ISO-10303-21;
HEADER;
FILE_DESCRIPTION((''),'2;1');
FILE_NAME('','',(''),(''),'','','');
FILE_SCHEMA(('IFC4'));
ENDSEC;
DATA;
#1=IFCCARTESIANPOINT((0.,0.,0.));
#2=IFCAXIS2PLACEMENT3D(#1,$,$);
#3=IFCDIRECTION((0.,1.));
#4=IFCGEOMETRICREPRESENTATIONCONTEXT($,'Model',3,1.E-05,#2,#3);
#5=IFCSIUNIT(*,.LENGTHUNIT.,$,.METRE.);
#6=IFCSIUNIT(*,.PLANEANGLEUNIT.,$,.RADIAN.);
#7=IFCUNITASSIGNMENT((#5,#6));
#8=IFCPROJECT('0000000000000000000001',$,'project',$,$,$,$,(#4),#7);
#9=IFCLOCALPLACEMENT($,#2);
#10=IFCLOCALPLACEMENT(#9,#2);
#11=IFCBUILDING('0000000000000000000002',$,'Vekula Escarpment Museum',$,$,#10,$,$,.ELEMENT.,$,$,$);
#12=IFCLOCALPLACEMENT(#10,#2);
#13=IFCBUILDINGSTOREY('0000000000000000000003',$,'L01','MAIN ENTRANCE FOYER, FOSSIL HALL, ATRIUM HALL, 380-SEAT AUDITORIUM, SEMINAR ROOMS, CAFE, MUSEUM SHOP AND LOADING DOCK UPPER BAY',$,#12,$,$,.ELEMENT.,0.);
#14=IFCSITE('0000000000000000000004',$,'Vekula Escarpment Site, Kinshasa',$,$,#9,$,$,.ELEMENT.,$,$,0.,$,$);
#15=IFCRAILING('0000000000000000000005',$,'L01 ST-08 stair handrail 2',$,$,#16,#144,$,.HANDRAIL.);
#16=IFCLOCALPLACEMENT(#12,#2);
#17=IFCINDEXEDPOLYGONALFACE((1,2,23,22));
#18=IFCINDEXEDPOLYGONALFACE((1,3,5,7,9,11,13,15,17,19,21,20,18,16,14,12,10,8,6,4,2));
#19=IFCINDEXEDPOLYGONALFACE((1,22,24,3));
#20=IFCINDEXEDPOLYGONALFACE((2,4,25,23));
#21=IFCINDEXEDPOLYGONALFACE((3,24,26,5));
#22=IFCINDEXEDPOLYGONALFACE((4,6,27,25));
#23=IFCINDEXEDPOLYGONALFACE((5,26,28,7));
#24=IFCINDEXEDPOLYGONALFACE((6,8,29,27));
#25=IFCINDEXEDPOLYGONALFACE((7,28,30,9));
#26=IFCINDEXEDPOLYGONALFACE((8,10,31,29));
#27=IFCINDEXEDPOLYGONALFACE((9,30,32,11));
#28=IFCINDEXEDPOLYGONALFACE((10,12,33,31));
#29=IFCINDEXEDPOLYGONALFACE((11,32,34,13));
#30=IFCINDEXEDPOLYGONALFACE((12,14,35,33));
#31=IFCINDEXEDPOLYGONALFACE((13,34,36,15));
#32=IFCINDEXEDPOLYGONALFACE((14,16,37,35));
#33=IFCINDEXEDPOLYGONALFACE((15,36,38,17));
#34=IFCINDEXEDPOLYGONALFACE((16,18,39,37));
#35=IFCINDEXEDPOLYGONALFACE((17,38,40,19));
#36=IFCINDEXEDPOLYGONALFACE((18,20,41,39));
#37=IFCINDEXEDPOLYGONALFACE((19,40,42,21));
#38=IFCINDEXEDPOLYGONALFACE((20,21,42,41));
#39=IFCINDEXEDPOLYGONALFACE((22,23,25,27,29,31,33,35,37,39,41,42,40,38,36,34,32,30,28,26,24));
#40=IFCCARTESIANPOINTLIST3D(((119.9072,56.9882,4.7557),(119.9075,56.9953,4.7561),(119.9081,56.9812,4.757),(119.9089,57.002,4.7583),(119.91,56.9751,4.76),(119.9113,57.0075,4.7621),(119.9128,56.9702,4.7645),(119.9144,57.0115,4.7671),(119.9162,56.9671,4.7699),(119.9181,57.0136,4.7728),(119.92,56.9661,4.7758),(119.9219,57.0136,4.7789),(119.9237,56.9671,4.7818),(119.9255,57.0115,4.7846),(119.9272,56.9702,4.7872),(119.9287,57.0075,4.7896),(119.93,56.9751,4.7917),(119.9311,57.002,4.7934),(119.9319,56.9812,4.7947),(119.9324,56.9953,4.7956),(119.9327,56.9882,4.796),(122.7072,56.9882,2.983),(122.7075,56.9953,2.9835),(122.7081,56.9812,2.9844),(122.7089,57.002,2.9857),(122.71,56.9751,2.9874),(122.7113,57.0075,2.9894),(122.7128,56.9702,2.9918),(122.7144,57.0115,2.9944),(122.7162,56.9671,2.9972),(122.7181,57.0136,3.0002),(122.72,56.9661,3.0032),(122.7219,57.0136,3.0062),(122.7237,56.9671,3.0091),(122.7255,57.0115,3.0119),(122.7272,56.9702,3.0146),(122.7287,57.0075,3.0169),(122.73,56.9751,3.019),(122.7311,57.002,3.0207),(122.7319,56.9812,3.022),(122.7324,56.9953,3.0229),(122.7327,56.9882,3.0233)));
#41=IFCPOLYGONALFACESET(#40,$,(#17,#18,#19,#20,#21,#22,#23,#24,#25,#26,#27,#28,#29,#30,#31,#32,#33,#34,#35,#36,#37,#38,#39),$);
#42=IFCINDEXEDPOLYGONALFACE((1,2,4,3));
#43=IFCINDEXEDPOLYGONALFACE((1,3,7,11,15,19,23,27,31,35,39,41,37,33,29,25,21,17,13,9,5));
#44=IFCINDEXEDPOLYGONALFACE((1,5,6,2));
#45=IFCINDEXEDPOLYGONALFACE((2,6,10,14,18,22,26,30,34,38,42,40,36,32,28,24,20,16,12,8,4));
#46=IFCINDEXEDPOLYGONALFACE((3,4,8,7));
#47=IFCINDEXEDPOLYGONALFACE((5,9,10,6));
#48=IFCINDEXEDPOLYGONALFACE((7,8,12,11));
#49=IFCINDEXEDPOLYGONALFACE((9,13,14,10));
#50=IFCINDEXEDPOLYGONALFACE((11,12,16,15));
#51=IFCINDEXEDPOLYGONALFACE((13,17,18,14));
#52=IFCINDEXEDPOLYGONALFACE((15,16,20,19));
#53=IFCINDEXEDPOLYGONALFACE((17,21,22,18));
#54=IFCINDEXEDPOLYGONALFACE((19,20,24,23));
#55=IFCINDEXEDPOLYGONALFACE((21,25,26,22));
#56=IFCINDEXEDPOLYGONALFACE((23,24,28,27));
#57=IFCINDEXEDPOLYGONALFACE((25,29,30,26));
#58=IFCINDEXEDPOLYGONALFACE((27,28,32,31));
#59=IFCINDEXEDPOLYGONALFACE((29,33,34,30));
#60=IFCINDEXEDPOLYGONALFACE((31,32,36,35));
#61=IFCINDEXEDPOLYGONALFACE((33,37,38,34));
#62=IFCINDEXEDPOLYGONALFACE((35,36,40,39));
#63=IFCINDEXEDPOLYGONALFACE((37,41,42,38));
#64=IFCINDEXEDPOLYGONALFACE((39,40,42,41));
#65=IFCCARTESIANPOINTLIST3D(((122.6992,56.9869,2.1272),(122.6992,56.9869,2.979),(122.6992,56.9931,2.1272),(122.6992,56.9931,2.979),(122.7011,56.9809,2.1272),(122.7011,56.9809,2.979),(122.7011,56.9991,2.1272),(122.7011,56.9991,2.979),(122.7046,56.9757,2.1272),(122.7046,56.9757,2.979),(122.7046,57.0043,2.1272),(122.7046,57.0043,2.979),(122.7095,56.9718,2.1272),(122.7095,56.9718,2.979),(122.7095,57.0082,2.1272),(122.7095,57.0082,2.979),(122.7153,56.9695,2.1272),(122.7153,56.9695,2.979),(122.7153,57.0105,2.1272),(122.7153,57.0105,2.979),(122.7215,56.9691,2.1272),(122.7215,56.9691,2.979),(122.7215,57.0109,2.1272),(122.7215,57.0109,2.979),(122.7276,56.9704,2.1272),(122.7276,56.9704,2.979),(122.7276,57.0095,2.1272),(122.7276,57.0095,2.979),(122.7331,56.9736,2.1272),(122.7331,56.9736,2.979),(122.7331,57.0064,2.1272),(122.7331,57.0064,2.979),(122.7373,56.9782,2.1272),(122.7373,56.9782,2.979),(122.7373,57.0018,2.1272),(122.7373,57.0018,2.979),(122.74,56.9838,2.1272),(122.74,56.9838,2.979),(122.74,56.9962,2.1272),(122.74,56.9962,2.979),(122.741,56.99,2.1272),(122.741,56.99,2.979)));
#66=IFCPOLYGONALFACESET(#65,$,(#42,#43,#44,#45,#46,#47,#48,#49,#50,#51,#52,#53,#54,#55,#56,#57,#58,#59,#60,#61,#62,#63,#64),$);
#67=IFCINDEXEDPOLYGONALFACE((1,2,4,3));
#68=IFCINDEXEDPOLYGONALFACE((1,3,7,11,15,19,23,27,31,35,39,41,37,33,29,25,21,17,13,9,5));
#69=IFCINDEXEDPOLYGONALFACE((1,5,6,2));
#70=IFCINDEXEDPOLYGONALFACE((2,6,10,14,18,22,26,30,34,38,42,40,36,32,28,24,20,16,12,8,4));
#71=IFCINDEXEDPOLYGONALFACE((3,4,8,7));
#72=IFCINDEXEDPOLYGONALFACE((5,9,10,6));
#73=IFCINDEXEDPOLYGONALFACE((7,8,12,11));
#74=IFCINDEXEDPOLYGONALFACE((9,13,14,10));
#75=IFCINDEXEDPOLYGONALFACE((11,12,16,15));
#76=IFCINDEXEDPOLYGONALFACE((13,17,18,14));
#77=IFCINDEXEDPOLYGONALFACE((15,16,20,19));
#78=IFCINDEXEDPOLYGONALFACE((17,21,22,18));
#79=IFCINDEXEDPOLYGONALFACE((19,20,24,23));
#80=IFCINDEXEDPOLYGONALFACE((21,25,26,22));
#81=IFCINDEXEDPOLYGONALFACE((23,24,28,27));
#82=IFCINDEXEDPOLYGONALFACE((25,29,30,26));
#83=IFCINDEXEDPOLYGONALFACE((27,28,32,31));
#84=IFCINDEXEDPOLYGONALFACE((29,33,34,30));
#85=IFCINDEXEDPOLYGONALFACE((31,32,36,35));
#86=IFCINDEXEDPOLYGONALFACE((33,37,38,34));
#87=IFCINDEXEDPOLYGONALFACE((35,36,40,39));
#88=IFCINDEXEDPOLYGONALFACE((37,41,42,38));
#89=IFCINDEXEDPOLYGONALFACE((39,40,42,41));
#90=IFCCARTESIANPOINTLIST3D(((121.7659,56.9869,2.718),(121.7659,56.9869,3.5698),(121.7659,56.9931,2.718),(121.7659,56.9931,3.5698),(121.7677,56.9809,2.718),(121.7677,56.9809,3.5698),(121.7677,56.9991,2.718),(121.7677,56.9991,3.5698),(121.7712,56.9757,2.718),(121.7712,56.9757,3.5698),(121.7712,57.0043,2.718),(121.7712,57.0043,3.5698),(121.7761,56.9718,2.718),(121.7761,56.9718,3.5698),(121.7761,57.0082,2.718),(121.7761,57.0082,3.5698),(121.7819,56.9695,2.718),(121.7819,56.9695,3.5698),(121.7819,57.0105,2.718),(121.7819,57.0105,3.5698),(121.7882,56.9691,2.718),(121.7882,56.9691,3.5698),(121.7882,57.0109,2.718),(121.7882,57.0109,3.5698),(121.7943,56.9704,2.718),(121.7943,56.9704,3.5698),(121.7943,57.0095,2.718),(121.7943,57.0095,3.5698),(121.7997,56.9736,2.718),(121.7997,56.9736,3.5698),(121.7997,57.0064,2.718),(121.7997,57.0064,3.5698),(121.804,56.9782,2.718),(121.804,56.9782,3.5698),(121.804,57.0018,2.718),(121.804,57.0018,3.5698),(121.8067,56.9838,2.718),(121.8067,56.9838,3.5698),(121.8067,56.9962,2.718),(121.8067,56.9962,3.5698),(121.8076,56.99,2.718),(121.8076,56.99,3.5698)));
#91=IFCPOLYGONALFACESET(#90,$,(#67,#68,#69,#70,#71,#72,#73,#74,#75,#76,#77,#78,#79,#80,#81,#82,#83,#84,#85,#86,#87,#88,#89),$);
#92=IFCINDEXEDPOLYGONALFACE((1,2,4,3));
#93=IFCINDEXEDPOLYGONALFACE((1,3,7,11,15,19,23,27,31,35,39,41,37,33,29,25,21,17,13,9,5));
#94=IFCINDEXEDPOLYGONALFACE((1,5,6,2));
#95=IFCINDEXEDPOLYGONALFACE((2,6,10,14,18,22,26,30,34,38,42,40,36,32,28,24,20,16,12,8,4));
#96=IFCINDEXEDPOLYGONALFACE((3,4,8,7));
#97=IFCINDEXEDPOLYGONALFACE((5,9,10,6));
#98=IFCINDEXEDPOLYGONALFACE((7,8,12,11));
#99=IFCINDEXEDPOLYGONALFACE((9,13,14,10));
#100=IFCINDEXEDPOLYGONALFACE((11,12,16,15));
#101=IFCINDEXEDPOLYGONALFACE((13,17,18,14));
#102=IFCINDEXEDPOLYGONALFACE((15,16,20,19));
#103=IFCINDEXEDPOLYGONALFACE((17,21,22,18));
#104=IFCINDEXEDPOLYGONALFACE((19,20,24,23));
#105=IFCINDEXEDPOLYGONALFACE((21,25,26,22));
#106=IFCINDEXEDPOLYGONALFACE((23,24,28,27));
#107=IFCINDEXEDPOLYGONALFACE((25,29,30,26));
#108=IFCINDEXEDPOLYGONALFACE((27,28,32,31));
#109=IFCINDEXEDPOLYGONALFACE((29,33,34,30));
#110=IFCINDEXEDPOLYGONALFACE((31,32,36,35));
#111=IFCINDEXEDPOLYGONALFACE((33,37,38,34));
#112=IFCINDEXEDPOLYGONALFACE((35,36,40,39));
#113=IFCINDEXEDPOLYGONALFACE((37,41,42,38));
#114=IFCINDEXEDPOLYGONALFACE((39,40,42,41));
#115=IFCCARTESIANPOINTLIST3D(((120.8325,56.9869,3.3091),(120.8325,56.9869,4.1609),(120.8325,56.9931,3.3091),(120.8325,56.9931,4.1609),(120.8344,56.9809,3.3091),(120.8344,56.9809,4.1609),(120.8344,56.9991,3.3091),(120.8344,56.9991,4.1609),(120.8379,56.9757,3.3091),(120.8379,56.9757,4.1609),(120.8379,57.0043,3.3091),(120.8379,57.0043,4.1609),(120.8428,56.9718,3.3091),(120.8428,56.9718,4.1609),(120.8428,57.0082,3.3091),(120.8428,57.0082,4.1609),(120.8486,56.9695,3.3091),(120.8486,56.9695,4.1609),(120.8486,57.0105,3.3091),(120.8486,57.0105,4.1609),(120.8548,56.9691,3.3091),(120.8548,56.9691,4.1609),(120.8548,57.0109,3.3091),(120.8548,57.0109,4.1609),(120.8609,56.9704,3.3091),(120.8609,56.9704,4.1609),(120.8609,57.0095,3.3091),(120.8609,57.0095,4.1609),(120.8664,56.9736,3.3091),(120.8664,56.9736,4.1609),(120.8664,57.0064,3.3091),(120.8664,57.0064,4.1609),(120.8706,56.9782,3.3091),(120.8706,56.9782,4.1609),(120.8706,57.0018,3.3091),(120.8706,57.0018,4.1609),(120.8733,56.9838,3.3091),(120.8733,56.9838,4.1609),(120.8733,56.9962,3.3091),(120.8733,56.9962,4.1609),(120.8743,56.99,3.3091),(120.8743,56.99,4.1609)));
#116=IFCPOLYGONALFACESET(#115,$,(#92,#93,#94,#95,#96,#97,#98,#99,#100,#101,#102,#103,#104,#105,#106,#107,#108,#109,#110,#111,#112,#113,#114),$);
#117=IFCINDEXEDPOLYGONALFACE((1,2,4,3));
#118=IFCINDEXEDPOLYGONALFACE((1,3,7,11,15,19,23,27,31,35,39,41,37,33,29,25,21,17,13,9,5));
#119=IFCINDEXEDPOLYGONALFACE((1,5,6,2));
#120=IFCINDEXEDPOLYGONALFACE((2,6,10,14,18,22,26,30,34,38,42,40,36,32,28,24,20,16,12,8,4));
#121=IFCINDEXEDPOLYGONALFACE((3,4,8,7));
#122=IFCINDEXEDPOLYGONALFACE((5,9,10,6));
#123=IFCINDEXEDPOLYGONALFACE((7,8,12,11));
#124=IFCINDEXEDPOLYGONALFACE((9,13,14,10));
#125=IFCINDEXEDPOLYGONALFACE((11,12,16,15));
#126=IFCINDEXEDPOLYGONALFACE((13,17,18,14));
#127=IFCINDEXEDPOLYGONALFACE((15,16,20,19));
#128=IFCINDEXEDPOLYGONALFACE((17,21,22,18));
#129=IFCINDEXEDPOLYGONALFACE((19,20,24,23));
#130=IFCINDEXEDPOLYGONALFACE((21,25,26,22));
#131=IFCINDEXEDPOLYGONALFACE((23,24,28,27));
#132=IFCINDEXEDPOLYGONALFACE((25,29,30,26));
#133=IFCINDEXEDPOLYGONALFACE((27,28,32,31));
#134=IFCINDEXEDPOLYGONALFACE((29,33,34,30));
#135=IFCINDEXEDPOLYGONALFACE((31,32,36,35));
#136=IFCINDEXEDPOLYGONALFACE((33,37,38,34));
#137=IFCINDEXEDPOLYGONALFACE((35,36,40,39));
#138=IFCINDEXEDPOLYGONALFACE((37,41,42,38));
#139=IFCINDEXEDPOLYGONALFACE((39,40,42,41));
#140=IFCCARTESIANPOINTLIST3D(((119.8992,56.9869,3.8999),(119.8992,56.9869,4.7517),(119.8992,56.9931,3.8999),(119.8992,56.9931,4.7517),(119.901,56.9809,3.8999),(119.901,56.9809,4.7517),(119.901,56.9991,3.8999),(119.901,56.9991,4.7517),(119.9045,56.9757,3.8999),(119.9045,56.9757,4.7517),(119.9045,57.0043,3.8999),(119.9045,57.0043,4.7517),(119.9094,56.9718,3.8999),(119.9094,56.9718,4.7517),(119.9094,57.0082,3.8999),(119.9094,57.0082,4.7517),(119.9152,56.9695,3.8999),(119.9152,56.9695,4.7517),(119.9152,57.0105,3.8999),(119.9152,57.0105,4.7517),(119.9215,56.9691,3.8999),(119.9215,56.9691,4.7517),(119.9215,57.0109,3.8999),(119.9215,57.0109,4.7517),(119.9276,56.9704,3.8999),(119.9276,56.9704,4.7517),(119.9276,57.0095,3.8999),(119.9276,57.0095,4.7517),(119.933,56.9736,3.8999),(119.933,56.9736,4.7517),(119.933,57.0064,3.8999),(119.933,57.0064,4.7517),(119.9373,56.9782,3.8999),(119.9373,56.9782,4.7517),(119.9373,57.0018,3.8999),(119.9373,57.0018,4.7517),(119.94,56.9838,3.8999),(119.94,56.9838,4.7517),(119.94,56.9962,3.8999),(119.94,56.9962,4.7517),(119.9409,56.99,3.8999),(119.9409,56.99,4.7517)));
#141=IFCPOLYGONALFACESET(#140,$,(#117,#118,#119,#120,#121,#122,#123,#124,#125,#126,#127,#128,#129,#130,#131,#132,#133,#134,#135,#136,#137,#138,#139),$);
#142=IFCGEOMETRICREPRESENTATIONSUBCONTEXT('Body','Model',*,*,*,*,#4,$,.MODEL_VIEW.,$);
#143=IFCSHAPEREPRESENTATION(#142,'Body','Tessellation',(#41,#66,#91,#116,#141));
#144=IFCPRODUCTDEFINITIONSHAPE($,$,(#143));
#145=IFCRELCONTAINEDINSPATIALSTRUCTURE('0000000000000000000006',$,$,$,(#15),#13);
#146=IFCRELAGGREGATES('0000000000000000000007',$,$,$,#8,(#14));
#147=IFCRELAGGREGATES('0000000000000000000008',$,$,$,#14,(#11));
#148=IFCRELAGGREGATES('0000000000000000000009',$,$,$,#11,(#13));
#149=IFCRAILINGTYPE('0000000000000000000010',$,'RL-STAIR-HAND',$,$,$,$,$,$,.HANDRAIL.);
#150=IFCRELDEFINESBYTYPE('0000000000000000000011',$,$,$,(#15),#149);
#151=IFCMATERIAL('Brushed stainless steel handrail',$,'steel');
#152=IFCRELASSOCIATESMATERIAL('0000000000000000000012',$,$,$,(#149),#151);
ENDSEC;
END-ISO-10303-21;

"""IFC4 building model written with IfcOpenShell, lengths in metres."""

from ifc_helpers import new_model, si_unit, direction, frame, origin, origin_2d, place, context, subcontext, project, spatial, circle, extrude, material, type_object, element, save


model = new_model("IFC4")

# Units and contexts
model_context = context("Model", 3, precision=1e-05, world=origin(), true_north=direction((0.0, 1.0)))
body_context = subcontext(model_context, "Body", "Model", "MODEL_VIEW")
ifc_project = project(units=[si_unit("LENGTHUNIT", "METRE"), si_unit("PLANEANGLEUNIT", "RADIAN")], contexts=[model_context])

# Site, building, storey
site_placement = place(None, origin())
site = spatial("IfcSite", under=ifc_project, at=site_placement, Name="Vekula Escarpment Site, Kinshasa", CompositionType="ELEMENT", RefElevation=0.0)
building_placement = place(site_placement, origin())
building = spatial("IfcBuilding", under=site, at=building_placement, Name="Vekula Escarpment Museum", CompositionType="ELEMENT")
storey_placement = place(building_placement, origin())
storey = spatial("IfcBuildingStorey", under=building, at=storey_placement, Name="L01", Description="MAIN ENTRANCE FOYER, FOSSIL HALL, ATRIUM HALL, 380-SEAT AUDITORIUM, SEMINAR ROOMS, CAFE, MUSEUM SHOP AND LOADING DOCK UPPER BAY", CompositionType="ELEMENT", Elevation=0.0)

# Railing
ifc_material_1 = material(Name="Brushed stainless steel handrail", Category="steel")
railing_type_1 = type_object("IfcRailingType", Name="RL-STAIR-HAND", PredefinedType="HANDRAIL", material=ifc_material_1)
for number, where, name in (
    (1, (122.72, 56.99, 2.1272), "L01 ST-08 stair handrail 2"),
):
    element("IfcRailing", number, at=place(storey_placement, frame(where)), inside=storey, type_object=railing_type_1, Name=name, PredefinedType="HANDRAIL", context=body_context, shape_type="SweptSolid", body=[
        extrude(circle(Radius=0.0239, at=origin_2d()), frame((0.0, 0.0, 0.876), z_axis=(-0.844909, 0.0, 0.53491), x_axis=(0.0, -1.0, 0.0)), (0.0, 0.0, 1.0), 3.314),
        extrude(circle(Radius=0.021, at=origin_2d()), origin(), (0.0, 0.0, 1.0), 0.8518),
        extrude(circle(Radius=0.021, at=origin_2d()), frame((-0.9333, 0.0, 0.5908)), (0.0, 0.0, 1.0), 0.8518),
        extrude(circle(Radius=0.021, at=origin_2d()), frame((-1.8667, 0.0, 1.1819)), (0.0, 0.0, 1.0), 0.8518),
        extrude(circle(Radius=0.021, at=origin_2d()), frame((-2.8, 0.0, 1.7727)), (0.0, 0.0, 1.0), 0.8518),
    ])

save(model, "model.ifc")
